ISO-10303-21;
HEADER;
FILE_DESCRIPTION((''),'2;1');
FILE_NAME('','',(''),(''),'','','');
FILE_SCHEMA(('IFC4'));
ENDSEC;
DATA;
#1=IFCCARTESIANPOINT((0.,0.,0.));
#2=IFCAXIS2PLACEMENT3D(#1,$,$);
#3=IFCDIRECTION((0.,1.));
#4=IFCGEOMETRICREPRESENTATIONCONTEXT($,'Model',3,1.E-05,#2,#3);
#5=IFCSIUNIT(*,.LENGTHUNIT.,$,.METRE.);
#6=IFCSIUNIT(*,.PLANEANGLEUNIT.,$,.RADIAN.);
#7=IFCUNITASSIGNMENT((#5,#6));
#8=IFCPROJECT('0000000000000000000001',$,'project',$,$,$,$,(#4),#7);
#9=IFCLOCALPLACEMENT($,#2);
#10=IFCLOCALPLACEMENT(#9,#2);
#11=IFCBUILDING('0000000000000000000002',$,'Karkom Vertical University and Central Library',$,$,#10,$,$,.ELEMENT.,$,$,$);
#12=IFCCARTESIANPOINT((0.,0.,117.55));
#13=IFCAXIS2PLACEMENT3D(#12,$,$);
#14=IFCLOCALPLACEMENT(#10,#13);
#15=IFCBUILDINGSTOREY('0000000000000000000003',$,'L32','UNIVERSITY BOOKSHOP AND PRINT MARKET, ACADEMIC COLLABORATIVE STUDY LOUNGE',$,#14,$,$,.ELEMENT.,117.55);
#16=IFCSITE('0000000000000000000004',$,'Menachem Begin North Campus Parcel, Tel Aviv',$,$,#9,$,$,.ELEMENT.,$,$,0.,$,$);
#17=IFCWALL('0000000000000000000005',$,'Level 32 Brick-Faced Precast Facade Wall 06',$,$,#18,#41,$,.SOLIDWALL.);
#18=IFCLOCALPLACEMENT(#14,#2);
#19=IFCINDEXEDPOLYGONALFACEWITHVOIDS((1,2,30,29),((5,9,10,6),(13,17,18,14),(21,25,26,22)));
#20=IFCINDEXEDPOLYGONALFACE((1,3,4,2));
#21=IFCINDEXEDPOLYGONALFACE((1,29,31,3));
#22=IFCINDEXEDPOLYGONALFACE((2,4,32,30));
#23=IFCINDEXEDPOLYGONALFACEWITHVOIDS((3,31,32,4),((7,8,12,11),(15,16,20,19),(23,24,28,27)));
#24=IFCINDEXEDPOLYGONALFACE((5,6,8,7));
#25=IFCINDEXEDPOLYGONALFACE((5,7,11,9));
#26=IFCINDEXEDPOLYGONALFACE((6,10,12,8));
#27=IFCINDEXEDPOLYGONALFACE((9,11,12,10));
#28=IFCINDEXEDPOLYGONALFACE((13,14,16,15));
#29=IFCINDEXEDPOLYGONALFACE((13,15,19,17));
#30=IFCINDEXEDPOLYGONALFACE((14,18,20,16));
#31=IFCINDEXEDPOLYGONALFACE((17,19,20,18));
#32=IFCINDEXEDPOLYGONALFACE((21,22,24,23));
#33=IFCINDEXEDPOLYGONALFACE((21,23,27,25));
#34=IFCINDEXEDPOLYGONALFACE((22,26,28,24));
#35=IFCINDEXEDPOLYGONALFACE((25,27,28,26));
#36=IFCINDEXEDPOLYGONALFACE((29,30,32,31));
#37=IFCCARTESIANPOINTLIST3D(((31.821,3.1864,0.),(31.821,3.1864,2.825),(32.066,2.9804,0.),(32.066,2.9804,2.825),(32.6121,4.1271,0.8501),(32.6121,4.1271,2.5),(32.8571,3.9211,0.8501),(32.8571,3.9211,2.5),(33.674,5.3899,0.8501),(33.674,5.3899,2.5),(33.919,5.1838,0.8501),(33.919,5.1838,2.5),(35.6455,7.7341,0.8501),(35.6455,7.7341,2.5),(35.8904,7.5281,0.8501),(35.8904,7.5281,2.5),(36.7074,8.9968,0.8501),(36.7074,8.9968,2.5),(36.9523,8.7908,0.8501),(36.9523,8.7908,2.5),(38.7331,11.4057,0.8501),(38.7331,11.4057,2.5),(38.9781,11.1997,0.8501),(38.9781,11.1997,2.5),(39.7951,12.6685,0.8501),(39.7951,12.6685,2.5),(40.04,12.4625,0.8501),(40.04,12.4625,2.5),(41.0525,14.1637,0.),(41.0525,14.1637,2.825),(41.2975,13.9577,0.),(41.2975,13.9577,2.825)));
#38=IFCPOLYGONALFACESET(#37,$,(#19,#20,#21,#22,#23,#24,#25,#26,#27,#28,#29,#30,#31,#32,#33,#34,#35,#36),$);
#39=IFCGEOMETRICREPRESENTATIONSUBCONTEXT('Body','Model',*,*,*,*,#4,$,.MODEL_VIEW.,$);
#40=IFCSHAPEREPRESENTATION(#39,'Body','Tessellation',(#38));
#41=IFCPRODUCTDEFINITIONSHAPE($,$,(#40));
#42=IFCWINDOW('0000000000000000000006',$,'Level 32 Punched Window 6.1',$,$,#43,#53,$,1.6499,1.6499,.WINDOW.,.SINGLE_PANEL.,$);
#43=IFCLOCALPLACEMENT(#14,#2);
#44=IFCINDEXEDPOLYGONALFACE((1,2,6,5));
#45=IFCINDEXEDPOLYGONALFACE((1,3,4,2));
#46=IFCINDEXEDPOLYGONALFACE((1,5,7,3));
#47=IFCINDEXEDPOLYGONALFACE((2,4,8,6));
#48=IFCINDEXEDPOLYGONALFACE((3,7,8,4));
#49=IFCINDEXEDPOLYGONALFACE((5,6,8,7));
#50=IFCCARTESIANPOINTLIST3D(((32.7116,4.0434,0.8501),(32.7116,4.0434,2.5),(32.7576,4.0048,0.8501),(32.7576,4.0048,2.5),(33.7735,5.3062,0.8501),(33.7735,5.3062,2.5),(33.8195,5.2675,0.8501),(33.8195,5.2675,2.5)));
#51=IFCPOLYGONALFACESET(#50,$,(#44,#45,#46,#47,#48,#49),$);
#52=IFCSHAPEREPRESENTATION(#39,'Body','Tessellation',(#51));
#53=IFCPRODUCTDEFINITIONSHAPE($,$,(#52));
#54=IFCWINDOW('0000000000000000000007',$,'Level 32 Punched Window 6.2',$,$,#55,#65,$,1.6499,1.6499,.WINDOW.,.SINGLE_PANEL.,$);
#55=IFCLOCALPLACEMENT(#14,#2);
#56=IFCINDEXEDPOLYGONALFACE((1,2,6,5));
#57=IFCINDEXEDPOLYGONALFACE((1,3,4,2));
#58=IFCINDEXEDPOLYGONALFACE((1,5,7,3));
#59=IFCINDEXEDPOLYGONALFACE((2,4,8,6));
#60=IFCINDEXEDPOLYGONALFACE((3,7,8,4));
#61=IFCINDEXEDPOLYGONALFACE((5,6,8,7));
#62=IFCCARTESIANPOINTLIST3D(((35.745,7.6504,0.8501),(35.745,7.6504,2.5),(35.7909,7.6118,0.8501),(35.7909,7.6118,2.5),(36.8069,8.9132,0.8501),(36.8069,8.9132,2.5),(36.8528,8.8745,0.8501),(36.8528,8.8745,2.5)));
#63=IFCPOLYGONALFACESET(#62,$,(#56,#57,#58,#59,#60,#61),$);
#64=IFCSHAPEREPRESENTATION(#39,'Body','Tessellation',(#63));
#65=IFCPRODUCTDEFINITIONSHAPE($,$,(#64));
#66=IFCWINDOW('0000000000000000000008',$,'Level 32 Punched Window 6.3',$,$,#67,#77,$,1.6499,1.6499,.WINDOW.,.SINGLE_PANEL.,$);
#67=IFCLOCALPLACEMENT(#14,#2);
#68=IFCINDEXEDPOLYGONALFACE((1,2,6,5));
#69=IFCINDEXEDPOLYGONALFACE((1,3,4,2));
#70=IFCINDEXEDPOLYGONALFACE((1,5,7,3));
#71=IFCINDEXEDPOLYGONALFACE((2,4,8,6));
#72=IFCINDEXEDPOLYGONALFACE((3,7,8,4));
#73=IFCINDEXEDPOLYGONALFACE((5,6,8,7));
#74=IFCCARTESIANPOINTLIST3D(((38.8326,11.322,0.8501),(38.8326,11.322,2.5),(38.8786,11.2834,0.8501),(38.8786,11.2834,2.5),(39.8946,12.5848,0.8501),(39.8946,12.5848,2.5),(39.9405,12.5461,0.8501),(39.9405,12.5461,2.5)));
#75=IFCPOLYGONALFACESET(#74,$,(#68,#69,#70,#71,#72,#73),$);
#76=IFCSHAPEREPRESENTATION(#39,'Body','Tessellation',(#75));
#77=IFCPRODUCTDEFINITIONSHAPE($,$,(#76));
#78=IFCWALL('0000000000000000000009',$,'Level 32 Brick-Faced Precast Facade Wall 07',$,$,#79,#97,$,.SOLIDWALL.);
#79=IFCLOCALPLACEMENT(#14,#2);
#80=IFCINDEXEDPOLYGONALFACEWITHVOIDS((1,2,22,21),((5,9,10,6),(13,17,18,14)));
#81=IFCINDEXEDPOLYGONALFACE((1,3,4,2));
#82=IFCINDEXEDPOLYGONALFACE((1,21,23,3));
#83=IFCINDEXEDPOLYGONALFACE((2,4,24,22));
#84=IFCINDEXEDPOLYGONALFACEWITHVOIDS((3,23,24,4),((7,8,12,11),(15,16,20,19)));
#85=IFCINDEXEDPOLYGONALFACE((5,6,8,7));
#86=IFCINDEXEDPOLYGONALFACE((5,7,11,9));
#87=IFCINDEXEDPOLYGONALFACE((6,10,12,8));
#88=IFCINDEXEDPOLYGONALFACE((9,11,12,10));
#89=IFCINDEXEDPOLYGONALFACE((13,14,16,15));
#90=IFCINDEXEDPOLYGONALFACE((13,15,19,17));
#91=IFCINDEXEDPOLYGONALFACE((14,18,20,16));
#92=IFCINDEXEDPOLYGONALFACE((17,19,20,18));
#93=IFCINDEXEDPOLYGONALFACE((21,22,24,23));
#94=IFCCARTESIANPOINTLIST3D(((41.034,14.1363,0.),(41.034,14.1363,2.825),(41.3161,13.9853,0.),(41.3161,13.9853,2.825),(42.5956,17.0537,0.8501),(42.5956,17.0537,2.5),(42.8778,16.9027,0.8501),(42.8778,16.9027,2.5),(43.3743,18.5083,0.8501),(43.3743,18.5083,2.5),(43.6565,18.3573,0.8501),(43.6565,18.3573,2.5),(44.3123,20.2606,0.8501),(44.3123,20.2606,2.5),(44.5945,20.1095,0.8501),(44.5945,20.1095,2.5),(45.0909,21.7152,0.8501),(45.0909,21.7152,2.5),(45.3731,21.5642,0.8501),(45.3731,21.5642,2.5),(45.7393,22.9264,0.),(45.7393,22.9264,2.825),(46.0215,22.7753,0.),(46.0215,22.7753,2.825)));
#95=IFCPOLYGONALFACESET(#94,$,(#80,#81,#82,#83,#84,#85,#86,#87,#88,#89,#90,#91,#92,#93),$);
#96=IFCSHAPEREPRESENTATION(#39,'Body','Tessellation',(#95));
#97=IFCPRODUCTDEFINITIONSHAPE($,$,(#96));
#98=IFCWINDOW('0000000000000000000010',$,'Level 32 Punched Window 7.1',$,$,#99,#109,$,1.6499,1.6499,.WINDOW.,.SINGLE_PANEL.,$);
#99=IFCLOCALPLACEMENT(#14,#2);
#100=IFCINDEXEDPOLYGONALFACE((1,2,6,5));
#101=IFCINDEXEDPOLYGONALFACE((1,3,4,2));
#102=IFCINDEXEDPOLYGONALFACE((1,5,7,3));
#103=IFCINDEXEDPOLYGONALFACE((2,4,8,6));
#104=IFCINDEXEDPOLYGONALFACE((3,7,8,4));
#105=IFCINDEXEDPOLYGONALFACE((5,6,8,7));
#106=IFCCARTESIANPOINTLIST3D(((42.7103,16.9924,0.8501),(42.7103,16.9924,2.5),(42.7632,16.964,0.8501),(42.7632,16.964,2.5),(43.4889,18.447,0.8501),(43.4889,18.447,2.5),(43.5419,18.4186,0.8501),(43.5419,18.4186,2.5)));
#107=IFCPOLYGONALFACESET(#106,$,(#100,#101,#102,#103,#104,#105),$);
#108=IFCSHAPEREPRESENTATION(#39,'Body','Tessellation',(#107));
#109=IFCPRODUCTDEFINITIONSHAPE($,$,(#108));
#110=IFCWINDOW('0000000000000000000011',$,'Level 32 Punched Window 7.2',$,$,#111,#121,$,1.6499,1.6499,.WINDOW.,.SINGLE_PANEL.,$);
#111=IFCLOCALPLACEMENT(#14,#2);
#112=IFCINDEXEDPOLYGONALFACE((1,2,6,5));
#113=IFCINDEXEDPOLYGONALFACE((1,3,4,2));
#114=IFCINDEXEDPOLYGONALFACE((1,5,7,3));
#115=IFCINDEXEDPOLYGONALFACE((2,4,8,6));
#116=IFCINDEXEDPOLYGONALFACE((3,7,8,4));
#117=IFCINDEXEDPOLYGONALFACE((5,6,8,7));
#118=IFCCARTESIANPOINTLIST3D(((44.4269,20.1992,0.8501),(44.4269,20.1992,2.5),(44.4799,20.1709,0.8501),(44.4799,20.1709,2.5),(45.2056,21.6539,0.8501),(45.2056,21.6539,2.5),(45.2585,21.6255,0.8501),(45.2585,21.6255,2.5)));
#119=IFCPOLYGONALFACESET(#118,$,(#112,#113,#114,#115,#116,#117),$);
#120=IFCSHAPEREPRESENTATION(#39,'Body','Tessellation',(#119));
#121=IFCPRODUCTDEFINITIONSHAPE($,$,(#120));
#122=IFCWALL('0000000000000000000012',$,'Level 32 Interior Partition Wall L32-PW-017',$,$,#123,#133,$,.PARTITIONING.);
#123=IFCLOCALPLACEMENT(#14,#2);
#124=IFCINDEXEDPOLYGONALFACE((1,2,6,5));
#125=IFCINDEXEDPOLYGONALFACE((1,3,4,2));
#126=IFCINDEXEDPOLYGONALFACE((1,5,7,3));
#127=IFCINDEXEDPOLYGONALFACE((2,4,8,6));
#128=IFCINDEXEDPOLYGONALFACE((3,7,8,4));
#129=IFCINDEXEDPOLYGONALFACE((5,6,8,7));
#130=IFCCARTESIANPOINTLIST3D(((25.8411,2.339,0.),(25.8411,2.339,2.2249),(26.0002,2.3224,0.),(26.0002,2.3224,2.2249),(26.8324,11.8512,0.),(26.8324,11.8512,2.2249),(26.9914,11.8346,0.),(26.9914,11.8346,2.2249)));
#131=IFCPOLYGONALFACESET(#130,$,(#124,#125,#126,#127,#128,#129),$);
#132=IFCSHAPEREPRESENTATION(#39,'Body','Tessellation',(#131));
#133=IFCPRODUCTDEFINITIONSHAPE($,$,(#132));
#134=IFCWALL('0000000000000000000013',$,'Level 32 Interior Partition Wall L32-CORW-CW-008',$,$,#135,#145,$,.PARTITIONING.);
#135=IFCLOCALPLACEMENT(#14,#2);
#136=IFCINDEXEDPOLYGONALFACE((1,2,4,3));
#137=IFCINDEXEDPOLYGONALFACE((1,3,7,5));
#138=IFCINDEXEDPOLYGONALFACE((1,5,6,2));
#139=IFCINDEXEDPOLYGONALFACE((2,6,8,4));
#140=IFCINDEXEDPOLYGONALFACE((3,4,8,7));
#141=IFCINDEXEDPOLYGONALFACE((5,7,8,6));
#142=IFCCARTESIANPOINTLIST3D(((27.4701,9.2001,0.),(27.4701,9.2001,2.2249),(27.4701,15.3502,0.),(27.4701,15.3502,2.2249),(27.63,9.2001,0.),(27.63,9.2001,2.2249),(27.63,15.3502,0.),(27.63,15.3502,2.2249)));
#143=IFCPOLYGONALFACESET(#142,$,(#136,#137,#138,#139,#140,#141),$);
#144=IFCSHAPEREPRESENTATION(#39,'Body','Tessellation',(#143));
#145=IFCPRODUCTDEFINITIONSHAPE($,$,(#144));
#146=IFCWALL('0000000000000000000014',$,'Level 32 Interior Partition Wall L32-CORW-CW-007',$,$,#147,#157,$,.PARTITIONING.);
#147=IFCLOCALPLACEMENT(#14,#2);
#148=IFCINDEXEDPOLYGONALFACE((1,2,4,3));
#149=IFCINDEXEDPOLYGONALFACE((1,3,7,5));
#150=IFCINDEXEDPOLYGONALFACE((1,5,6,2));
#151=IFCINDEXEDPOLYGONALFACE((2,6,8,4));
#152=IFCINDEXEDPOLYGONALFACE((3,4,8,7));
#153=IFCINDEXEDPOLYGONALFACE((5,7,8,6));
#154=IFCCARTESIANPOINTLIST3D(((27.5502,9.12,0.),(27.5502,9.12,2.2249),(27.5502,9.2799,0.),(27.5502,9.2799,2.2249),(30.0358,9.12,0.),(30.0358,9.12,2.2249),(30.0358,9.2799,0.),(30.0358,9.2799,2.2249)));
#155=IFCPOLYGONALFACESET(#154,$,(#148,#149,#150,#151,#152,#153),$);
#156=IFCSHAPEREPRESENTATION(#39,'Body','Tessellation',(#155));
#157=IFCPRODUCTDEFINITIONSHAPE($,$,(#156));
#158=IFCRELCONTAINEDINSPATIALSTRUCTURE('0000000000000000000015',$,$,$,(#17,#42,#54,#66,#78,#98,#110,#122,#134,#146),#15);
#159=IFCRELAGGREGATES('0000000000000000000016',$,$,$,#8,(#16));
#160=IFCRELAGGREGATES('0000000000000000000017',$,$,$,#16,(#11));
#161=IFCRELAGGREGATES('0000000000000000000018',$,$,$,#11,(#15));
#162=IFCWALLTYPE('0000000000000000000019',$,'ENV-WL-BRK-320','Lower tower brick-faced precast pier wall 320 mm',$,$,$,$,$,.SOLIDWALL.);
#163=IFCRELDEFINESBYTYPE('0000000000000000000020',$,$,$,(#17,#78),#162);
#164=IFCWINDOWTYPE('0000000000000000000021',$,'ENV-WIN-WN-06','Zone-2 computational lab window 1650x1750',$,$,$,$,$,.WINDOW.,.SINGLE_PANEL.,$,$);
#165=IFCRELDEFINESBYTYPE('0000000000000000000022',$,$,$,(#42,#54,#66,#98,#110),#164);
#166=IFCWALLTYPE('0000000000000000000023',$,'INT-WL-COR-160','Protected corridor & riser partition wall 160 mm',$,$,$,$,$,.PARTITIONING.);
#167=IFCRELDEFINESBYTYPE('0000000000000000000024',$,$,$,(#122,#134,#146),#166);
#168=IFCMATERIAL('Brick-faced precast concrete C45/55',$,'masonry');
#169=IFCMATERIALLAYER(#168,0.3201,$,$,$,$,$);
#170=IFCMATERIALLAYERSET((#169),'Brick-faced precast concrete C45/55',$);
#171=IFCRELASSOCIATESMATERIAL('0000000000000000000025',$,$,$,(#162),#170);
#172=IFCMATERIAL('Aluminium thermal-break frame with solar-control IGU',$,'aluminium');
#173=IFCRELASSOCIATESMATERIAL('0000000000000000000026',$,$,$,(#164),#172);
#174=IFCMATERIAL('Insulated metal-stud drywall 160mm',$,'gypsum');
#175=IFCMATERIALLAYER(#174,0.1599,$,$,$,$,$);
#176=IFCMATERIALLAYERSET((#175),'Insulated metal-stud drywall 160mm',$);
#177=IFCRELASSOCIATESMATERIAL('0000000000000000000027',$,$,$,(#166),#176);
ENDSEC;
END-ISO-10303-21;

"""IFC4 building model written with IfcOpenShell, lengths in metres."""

from ifc_helpers import new_model, si_unit, direction, frame, frame_2d, origin, origin_with_axes, place, context, subcontext, project, spatial, rectangle, extrude, source, transform, mapped, material, layer, layer_set, type_object, element, fill, save


model = new_model("IFC4")

# Units and contexts
model_context = context("Model", 3, precision=1e-05, world=origin(), true_north=direction((0.0, 1.0)))
body_context = subcontext(model_context, "Body", "Model", "MODEL_VIEW")
ifc_project = project(units=[si_unit("LENGTHUNIT", "METRE"), si_unit("PLANEANGLEUNIT", "RADIAN")], contexts=[model_context])

# Site, building, storey
site_placement = place(None, origin())
site = spatial("IfcSite", under=ifc_project, at=site_placement, Name="Menachem Begin North Campus Parcel, Tel Aviv", CompositionType="ELEMENT", RefElevation=0.0)
building_placement = place(site_placement, origin())
building = spatial("IfcBuilding", under=site, at=building_placement, Name="Karkom Vertical University and Central Library", CompositionType="ELEMENT")
storey_placement = place(building_placement, frame((0.0, 0.0, 117.55)))
storey = spatial("IfcBuildingStorey", under=building, at=storey_placement, Name="L32", Description="UNIVERSITY BOOKSHOP AND PRINT MARKET, ACADEMIC COLLABORATIVE STUDY LOUNGE", CompositionType="ELEMENT", Elevation=117.55)

# Walls, openings, windows
ifc_material_1 = material(Name="Brick-faced precast concrete C45/55", Category="masonry")
ifc_layer_1 = layer(ifc_material_1, 0.3201)
ifc_layer_set_1 = layer_set([ifc_layer_1], Name="Brick-faced precast concrete C45/55")
wall_type_1 = type_object("IfcWallType", Name="ENV-WL-BRK-320", Description="Lower tower brick-faced precast pier wall 320 mm", PredefinedType="SOLIDWALL", material=ifc_layer_set_1)
wall_1_placement = place(storey_placement, frame((31.9436, 3.0835, 0.0), z_axis=(0.0, 0.0, 1.0), x_axis=(0.643622, 0.765344, 0.0)))
wall_1 = element("IfcWall", 1, at=wall_1_placement, inside=storey, type_object=wall_type_1, Name="Level 32 Brick-Faced Precast Facade Wall 06", PredefinedType="SOLIDWALL", context=body_context, shape_type="SweptSolid", body=[
    extrude(rectangle(XDim=14.343, YDim=0.3201, at=frame_2d((7.1714, 0.0))), origin(), (0.0, 0.0, 1.0), 2.825),
])
opening_1_placement = place(wall_1_placement, frame((1.229, 0.0, 0.8501)))
opening_1 = element("IfcOpeningElement", 2, at=opening_1_placement, cuts=wall_1, PredefinedType="OPENING", context=body_context, shape_type="SweptSolid", body=[
    extrude(rectangle(XDim=1.6499, YDim=1.6499, at=frame_2d((0.825, 0.825))), frame((0.0, 0.1699, 0.0), z_axis=(0.0, -1.0, 0.0), x_axis=(1.0, 0.0, 0.0)), (0.0, 0.0, 1.0), 0.3401),
])
opening_2_placement = place(wall_1_placement, frame((5.9419, 0.0, 0.8501)))
opening_2 = element("IfcOpeningElement", 3, at=opening_2_placement, cuts=wall_1, PredefinedType="OPENING", context=body_context, shape_type="SweptSolid", body=[
    extrude(rectangle(XDim=1.6499, YDim=1.6499, at=frame_2d((0.825, 0.825))), frame((0.0, 0.1699, 0.0), z_axis=(0.0, -1.0, 0.0), x_axis=(1.0, 0.0, 0.0)), (0.0, 0.0, 1.0), 0.3401),
])
opening_3_placement = place(wall_1_placement, frame((10.7393, 0.0, 0.8501)))
opening_3 = element("IfcOpeningElement", 4, at=opening_3_placement, cuts=wall_1, PredefinedType="OPENING", context=body_context, shape_type="SweptSolid", body=[
    extrude(rectangle(XDim=1.6499, YDim=1.6499, at=frame_2d((0.825, 0.825))), frame((0.0, 0.1699, 0.0), z_axis=(0.0, -1.0, 0.0), x_axis=(1.0, 0.0, 0.0)), (0.0, 0.0, 1.0), 0.3401),
])
ifc_material_2 = material(Name="Aluminium thermal-break frame with solar-control IGU", Category="aluminium")
window_type = type_object("IfcWindowType", Name="ENV-WIN-WN-06", Description="Zone-2 computational lab window 1650x1750", PartitioningType="SINGLE_PANEL", PredefinedType="WINDOW", material=ifc_material_2)
shared_shape_1 = source(origin_with_axes(), body_context, "Body", "SweptSolid", [
    extrude(rectangle(XDim=1.6499, YDim=1.6499, at=frame_2d((0.825, 0.825))), frame((0.0, 0.03, 0.0), z_axis=(0.0, -1.0, 0.0), x_axis=(1.0, 0.0, 0.0)), (0.0, 0.0, 1.0), 0.0601),
])
window_1_placement = place(opening_1_placement, origin())
window_1 = element("IfcWindow", 5, at=window_1_placement, inside=storey, type_object=window_type, Name="Level 32 Punched Window 6.1", OverallHeight=1.6499, OverallWidth=1.6499, PartitioningType="SINGLE_PANEL", PredefinedType="WINDOW", context=body_context, shape_type="MappedRepresentation", body=[
    mapped(shared_shape_1, transform((0.0, 0.0, 0.0), scale=1.0)),
])
fill(opening_1, window_1)
window_2_placement = place(opening_2_placement, origin())
window_2 = element("IfcWindow", 6, at=window_2_placement, inside=storey, type_object=window_type, Name="Level 32 Punched Window 6.2", OverallHeight=1.6499, OverallWidth=1.6499, PartitioningType="SINGLE_PANEL", PredefinedType="WINDOW", context=body_context, shape_type="MappedRepresentation", body=[
    mapped(shared_shape_1, transform((0.0, 0.0, 0.0), scale=1.0)),
])
fill(opening_2, window_2)
window_3_placement = place(opening_3_placement, origin())
window_3 = element("IfcWindow", 7, at=window_3_placement, inside=storey, type_object=window_type, Name="Level 32 Punched Window 6.3", OverallHeight=1.6499, OverallWidth=1.6499, PartitioningType="SINGLE_PANEL", PredefinedType="WINDOW", context=body_context, shape_type="MappedRepresentation", body=[
    mapped(shared_shape_1, transform((0.0, 0.0, 0.0), scale=1.0)),
])
fill(opening_3, window_3)
wall_2_placement = place(storey_placement, frame((41.175, 14.0608, 0.0), z_axis=(0.0, 0.0, 1.0), x_axis=(0.471939, 0.881631, 0.0)))
wall_2 = element("IfcWall", 8, at=wall_2_placement, inside=storey, type_object=wall_type_1, Name="Level 32 Brick-Faced Precast Facade Wall 07", PredefinedType="SOLIDWALL", context=body_context, shape_type="SweptSolid", body=[
    extrude(rectangle(XDim=9.9702, YDim=0.3201, at=frame_2d((4.9851, 0.0))), origin(), (0.0, 0.0, 1.0), 2.825),
])
opening_4_placement = place(wall_2_placement, frame((3.3091, 0.0, 0.8501)))
opening_4 = element("IfcOpeningElement", 9, at=opening_4_placement, cuts=wall_2, PredefinedType="OPENING", context=body_context, shape_type="SweptSolid", body=[
    extrude(rectangle(XDim=1.6499, YDim=1.6499, at=frame_2d((0.825, 0.825))), frame((0.0, 0.1699, 0.0), z_axis=(0.0, -1.0, 0.0), x_axis=(1.0, 0.0, 0.0)), (0.0, 0.0, 1.0), 0.3401),
])
opening_5_placement = place(wall_2_placement, frame((6.9465, 0.0, 0.8501)))
opening_5 = element("IfcOpeningElement", 10, at=opening_5_placement, cuts=wall_2, PredefinedType="OPENING", context=body_context, shape_type="SweptSolid", body=[
    extrude(rectangle(XDim=1.6499, YDim=1.6499, at=frame_2d((0.825, 0.825))), frame((0.0, 0.1699, 0.0), z_axis=(0.0, -1.0, 0.0), x_axis=(1.0, 0.0, 0.0)), (0.0, 0.0, 1.0), 0.3401),
])
window_4_placement = place(opening_4_placement, origin())
window_4 = element("IfcWindow", 11, at=window_4_placement, inside=storey, type_object=window_type, Name="Level 32 Punched Window 7.1", OverallHeight=1.6499, OverallWidth=1.6499, PartitioningType="SINGLE_PANEL", PredefinedType="WINDOW", context=body_context, shape_type="MappedRepresentation", body=[
    mapped(shared_shape_1, transform((0.0, 0.0, 0.0), scale=1.0)),
])
fill(opening_4, window_4)
window_5_placement = place(opening_5_placement, origin())
window_5 = element("IfcWindow", 12, at=window_5_placement, inside=storey, type_object=window_type, Name="Level 32 Punched Window 7.2", OverallHeight=1.6499, OverallWidth=1.6499, PartitioningType="SINGLE_PANEL", PredefinedType="WINDOW", context=body_context, shape_type="MappedRepresentation", body=[
    mapped(shared_shape_1, transform((0.0, 0.0, 0.0), scale=1.0)),
])
fill(opening_5, window_5)

# Wall
ifc_material_3 = material(Name="Insulated metal-stud drywall 160mm", Category="gypsum")
ifc_layer_2 = layer(ifc_material_3, 0.1599)
ifc_layer_set_2 = layer_set([ifc_layer_2], Name="Insulated metal-stud drywall 160mm")
wall_type_2 = type_object("IfcWallType", Name="INT-WL-COR-160", Description="Protected corridor & riser partition wall 160 mm", PredefinedType="PARTITIONING", material=ifc_layer_set_2)
wall_3_placement = place(storey_placement, frame((26.9119, 11.8428, 0.0), z_axis=(0.0, 0.0, 1.0), x_axis=(-0.103643, -0.994615, 0.0)))
element("IfcWall", 13, at=wall_3_placement, inside=storey, type_object=wall_type_2, Name="Level 32 Interior Partition Wall L32-PW-017", PredefinedType="PARTITIONING", context=body_context, shape_type="SweptSolid", body=[
    extrude(rectangle(XDim=9.5637, YDim=0.1599, at=frame_2d((4.7817, 0.0))), origin(), (0.0, 0.0, 1.0), 2.2249),
])

# Walls
wall_4_placement = place(storey_placement, frame((27.55, 9.2, 0.0), z_axis=(0.0, 0.0, 1.0), x_axis=(0.0, 1.0, 0.0)))
element("IfcWall", 14, at=wall_4_placement, inside=storey, type_object=wall_type_2, Name="Level 32 Interior Partition Wall L32-CORW-CW-008", PredefinedType="PARTITIONING", context=body_context, shape_type="SweptSolid", body=[
    extrude(rectangle(XDim=6.1501, YDim=0.1599, at=frame_2d((3.0752, 0.0))), origin(), (0.0, 0.0, 1.0), 2.2249),
])
wall_5_placement = place(storey_placement, frame((30.0356, 9.2, 0.0), z_axis=(0.0, 0.0, 1.0), x_axis=(-1.0, 0.0, 0.0)))
element("IfcWall", 15, at=wall_5_placement, inside=storey, type_object=wall_type_2, Name="Level 32 Interior Partition Wall L32-CORW-CW-007", PredefinedType="PARTITIONING", context=body_context, shape_type="SweptSolid", body=[
    extrude(rectangle(XDim=2.4856, YDim=0.1599, at=frame_2d((1.2427, 0.0))), origin(), (0.0, 0.0, 1.0), 2.2249),
])

save(model, "model.ifc")
